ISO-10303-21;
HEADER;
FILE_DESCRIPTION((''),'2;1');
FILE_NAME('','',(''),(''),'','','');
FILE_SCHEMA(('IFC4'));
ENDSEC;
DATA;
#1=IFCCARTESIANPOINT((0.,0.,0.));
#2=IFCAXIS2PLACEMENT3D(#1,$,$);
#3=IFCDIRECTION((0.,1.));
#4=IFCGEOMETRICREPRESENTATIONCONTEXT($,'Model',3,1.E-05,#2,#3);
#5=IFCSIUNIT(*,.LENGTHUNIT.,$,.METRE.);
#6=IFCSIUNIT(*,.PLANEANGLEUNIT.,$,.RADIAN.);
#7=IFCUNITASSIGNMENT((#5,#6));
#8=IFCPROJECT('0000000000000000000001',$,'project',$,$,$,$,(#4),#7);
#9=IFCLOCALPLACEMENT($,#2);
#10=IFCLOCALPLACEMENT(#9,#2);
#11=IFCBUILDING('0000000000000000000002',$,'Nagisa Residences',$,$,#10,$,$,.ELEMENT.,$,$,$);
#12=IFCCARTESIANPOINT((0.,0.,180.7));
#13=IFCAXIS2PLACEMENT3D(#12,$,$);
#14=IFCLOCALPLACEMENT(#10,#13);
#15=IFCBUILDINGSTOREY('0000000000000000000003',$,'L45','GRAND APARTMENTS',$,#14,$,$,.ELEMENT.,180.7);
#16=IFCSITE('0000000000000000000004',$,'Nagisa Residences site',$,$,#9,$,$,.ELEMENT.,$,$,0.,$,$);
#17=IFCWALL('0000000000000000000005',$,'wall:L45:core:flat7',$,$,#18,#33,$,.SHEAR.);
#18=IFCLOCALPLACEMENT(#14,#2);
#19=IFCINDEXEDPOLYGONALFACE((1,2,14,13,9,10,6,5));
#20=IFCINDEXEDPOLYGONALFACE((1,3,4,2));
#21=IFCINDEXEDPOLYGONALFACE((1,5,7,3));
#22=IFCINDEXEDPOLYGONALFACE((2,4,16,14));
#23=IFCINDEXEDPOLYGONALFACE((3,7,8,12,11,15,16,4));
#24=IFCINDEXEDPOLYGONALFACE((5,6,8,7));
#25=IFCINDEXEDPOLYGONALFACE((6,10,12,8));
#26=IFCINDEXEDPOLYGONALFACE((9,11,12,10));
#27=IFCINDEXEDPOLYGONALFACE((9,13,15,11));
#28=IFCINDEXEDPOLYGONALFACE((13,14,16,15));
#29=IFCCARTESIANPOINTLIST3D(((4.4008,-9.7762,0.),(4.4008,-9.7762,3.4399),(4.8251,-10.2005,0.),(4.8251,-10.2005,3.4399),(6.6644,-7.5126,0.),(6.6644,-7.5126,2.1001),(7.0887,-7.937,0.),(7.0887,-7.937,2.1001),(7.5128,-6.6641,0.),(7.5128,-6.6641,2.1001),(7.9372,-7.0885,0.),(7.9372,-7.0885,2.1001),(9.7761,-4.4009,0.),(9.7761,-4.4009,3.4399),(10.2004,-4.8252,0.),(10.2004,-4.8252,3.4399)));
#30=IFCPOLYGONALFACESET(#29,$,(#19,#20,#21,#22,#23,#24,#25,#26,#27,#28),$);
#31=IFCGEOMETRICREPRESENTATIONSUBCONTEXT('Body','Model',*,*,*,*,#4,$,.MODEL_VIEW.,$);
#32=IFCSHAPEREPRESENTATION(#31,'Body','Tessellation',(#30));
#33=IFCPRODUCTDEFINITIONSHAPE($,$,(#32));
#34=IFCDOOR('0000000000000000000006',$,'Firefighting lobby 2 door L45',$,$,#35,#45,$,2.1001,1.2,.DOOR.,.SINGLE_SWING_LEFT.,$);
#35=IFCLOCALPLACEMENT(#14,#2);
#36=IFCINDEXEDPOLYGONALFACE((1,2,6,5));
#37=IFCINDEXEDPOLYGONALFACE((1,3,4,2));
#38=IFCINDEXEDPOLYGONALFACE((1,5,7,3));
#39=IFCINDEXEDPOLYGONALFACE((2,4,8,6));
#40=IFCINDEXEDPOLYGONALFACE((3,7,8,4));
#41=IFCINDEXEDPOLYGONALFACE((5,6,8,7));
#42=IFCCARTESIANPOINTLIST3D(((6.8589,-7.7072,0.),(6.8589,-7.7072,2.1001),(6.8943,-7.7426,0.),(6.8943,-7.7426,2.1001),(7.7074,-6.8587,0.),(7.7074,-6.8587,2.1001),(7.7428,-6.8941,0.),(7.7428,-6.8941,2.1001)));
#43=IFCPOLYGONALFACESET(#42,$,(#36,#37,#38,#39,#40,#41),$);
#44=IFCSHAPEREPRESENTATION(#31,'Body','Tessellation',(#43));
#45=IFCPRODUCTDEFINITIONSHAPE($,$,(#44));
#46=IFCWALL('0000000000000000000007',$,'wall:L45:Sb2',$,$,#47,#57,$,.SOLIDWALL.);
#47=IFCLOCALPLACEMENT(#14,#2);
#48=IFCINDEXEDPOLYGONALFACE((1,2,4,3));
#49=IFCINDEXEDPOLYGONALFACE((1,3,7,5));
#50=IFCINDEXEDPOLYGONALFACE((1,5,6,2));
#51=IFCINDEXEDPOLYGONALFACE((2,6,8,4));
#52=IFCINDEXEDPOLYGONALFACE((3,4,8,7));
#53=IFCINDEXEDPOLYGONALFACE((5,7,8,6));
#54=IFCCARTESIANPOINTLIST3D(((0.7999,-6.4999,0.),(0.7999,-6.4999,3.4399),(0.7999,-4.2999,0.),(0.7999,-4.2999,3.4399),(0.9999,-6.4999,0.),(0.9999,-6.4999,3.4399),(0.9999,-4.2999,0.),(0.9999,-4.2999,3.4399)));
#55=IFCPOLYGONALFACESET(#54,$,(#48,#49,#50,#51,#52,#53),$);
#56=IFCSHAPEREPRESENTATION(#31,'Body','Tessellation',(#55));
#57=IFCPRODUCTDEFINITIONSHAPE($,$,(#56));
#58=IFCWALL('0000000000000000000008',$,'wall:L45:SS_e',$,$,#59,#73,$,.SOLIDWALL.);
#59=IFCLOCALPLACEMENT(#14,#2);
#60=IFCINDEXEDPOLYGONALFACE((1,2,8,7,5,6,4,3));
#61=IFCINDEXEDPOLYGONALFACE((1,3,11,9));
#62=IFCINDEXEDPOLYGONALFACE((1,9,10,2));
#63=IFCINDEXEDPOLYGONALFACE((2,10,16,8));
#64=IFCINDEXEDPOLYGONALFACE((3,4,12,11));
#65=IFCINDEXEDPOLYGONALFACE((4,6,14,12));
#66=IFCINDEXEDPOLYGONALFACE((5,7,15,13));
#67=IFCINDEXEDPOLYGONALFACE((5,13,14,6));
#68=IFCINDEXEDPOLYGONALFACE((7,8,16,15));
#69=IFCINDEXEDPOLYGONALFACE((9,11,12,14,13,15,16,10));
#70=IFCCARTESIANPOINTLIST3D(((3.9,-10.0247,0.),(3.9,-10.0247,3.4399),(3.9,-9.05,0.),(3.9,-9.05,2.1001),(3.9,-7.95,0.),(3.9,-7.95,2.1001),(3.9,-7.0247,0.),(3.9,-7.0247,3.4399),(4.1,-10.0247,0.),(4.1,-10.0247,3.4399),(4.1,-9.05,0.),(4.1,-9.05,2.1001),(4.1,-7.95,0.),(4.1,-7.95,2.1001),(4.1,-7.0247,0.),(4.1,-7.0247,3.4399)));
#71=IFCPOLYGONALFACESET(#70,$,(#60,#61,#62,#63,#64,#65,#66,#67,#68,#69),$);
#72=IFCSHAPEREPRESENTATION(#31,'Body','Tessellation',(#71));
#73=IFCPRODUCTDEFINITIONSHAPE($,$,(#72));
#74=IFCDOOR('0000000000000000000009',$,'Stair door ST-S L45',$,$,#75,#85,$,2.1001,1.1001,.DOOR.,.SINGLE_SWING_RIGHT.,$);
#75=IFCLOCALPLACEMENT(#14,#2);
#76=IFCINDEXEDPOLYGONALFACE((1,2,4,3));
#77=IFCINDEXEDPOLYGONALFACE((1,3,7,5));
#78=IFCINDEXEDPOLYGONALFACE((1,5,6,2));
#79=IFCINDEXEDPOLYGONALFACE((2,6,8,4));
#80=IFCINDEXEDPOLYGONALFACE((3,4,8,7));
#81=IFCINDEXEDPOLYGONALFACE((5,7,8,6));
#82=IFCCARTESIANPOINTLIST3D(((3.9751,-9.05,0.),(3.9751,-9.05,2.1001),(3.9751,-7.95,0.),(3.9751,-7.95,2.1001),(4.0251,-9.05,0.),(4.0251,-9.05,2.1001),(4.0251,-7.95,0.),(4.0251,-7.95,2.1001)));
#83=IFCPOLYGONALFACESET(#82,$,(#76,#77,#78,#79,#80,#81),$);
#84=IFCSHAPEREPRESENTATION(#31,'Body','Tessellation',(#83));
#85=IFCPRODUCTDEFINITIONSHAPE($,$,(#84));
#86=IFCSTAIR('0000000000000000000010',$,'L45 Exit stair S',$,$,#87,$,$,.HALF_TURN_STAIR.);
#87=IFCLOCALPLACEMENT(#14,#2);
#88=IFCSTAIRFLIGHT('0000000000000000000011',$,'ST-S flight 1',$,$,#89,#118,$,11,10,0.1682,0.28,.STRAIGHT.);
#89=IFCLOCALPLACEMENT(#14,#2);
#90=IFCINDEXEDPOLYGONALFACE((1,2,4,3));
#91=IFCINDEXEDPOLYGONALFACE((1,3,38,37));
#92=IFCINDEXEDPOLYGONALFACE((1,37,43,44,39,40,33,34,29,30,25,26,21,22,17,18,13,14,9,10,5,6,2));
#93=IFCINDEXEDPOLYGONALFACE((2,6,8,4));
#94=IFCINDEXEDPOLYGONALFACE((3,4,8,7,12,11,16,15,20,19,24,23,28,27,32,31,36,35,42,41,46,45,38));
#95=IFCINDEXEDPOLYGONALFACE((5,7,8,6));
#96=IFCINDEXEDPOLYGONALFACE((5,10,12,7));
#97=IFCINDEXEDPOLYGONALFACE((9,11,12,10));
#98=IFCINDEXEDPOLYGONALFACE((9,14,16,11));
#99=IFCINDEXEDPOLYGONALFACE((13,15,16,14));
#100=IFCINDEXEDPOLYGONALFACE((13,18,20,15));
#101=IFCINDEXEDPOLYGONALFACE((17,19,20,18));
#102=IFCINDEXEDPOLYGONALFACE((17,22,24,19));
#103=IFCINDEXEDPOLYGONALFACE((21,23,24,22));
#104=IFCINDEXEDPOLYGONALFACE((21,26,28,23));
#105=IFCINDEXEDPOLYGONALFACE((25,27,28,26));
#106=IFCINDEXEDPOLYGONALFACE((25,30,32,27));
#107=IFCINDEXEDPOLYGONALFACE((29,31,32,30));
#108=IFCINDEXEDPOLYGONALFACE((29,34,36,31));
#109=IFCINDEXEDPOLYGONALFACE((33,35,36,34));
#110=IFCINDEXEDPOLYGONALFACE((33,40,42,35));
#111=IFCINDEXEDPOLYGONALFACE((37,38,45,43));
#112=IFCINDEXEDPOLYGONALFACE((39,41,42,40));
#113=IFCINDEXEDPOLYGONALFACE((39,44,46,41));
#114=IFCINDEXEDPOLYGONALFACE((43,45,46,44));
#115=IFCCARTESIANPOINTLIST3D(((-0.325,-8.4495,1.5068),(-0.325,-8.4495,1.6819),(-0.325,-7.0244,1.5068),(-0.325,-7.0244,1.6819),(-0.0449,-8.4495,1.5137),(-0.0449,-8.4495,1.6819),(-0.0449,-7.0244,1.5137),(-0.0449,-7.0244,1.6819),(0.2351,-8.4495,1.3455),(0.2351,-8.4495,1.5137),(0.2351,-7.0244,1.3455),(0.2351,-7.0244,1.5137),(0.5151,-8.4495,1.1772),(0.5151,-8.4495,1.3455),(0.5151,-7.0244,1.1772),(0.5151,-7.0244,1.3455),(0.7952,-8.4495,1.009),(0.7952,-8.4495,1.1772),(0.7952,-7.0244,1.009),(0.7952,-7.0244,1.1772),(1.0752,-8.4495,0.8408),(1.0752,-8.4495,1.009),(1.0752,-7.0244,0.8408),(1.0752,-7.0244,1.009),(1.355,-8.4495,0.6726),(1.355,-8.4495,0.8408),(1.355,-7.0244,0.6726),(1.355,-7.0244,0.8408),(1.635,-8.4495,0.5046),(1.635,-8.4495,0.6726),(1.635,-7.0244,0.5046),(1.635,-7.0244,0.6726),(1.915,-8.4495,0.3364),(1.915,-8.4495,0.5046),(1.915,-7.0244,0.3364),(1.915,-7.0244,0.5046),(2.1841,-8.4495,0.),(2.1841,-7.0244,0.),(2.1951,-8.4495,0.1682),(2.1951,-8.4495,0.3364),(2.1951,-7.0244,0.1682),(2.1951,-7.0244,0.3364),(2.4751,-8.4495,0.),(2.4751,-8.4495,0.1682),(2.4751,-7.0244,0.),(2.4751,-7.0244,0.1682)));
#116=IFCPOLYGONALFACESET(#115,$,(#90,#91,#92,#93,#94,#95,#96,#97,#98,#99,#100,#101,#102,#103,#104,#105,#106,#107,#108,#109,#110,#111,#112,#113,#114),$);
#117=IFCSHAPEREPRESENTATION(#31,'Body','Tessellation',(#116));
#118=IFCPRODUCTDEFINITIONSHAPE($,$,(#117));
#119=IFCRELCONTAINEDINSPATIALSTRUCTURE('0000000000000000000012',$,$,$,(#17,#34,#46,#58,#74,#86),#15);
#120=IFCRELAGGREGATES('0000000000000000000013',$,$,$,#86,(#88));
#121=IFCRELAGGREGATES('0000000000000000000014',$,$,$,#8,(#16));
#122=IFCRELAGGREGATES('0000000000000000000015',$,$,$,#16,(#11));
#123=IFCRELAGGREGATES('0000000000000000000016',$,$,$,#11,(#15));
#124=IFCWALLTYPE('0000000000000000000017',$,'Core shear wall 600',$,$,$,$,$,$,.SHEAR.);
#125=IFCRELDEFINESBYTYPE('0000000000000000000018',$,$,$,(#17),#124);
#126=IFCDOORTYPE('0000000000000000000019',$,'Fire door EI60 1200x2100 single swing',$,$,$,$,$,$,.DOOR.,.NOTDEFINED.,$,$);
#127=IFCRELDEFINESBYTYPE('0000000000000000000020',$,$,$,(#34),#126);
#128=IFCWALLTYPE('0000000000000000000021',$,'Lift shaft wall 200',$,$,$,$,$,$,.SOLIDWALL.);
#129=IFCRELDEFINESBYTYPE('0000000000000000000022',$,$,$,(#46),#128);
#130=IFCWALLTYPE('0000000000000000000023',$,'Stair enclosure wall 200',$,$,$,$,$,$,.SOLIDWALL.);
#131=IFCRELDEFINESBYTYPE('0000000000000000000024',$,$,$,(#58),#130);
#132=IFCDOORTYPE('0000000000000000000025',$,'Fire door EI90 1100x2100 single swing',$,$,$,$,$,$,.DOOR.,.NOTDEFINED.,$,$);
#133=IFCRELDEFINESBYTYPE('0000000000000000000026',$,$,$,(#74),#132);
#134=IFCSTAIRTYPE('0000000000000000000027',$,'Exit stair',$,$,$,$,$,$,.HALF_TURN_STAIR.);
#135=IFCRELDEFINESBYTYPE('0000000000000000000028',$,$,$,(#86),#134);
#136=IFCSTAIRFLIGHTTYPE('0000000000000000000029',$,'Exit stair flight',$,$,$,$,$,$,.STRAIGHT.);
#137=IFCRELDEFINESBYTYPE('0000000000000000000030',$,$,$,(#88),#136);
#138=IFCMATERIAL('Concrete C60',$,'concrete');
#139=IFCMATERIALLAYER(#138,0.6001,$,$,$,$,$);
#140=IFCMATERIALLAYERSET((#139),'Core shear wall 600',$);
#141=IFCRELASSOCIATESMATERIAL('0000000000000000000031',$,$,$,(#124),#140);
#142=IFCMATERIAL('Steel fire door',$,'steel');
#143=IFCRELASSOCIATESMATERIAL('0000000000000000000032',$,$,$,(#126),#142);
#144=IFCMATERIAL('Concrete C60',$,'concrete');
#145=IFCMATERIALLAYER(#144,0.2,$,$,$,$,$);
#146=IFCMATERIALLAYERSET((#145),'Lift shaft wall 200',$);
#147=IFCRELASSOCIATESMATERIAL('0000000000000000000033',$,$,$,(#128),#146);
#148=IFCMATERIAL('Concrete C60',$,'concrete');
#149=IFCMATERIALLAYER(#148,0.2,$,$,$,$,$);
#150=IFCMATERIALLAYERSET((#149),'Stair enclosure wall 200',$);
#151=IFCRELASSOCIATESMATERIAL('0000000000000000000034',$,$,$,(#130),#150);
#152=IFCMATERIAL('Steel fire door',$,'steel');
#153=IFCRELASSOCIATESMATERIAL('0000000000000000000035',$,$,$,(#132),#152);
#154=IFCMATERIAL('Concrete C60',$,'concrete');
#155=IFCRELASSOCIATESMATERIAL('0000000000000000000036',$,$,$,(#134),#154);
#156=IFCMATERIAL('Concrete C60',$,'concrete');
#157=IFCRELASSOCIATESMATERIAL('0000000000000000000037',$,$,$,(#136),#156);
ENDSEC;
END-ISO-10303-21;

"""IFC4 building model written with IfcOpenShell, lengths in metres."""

from ifc_helpers import new_model, si_unit, direction, frame, frame_2d, origin, place, context, subcontext, project, spatial, polyline, rectangle, outline, extrude, material, layer, layer_set, type_object, element, fill, aggregate, save


model = new_model("IFC4")

# Units and contexts
model_context = context("Model", 3, precision=1e-05, world=origin(), true_north=direction((0.0, 1.0)))
body_context = subcontext(model_context, "Body", "Model", "MODEL_VIEW")
ifc_project = project(units=[si_unit("LENGTHUNIT", "METRE"), si_unit("PLANEANGLEUNIT", "RADIAN")], contexts=[model_context])

# Site, building, storey
site_placement = place(None, origin())
site = spatial("IfcSite", under=ifc_project, at=site_placement, Name="Nagisa Residences site", CompositionType="ELEMENT", RefElevation=0.0)
building_placement = place(site_placement, origin())
building = spatial("IfcBuilding", under=site, at=building_placement, Name="Nagisa Residences", CompositionType="ELEMENT")
storey_placement = place(building_placement, frame((0.0, 0.0, 180.7)))
storey = spatial("IfcBuildingStorey", under=building, at=storey_placement, Name="L45", Description="GRAND APARTMENTS", CompositionType="ELEMENT", Elevation=180.7)

# Wall, opening, door
ifc_material_1 = material(Name="Concrete C60", Category="concrete")
ifc_layer_1 = layer(ifc_material_1, 0.6001)
ifc_layer_set_1 = layer_set([ifc_layer_1], Name="Core shear wall 600")
wall_type_1 = type_object("IfcWallType", Name="Core shear wall 600", PredefinedType="SHEAR", material=ifc_layer_set_1)
wall_1_placement = place(storey_placement, frame((4.613, -9.9883, 0.0), z_axis=(0.0, 0.0, 1.0), x_axis=(0.707107, 0.707107, 0.0)))
wall_1 = element("IfcWall", 1, at=wall_1_placement, inside=storey, type_object=wall_type_1, Name="wall:L45:core:flat7", PredefinedType="SHEAR", context=body_context, shape_type="SweptSolid", body=[
    extrude(rectangle(XDim=7.6018, YDim=0.6001, at=frame_2d((3.8008, 0.0))), origin(), (0.0, 0.0, 1.0), 3.4399),
])
opening_1_placement = place(wall_1_placement, frame((3.2009, 0.0, 0.0)))
opening_1 = element("IfcOpeningElement", 2, at=opening_1_placement, cuts=wall_1, PredefinedType="OPENING", context=body_context, shape_type="SweptSolid", body=[
    extrude(rectangle(XDim=1.2, YDim=2.1001, at=frame_2d((0.6001, 1.05))), frame((0.0, 0.3101, 0.0), z_axis=(0.0, -1.0, 0.0), x_axis=(1.0, 0.0, 0.0)), (0.0, 0.0, 1.0), 0.6201),
])
ifc_material_2 = material(Name="Steel fire door", Category="steel")
door_type_1 = type_object("IfcDoorType", Name="Fire door EI60 1200x2100 single swing", OperationType="NOTDEFINED", PredefinedType="DOOR", material=ifc_material_2)
door_1_placement = place(opening_1_placement, origin())
door_1 = element("IfcDoor", 3, at=door_1_placement, inside=storey, type_object=door_type_1, Name="Firefighting lobby 2 door L45", OperationType="SINGLE_SWING_LEFT", OverallHeight=2.1001, OverallWidth=1.2, PredefinedType="DOOR", context=body_context, shape_type="SweptSolid", body=[
    extrude(rectangle(XDim=1.2, YDim=2.1001, at=frame_2d((0.6001, 1.05))), frame((0.0, 0.0249, 0.0), z_axis=(0.0, -1.0, 0.0), x_axis=(1.0, 0.0, 0.0)), (0.0, 0.0, 1.0), 0.05),
])
fill(opening_1, door_1)

# Wall
ifc_material_3 = material(Name="Concrete C60", Category="concrete")
ifc_layer_2 = layer(ifc_material_3, 0.2)
ifc_layer_set_2 = layer_set([ifc_layer_2], Name="Lift shaft wall 200")
wall_type_2 = type_object("IfcWallType", Name="Lift shaft wall 200", PredefinedType="SOLIDWALL", material=ifc_layer_set_2)
wall_2_placement = place(storey_placement, frame((0.8999, -6.5, 0.0), z_axis=(0.0, 0.0, 1.0), x_axis=(0.0, 1.0, 0.0)))
element("IfcWall", 4, at=wall_2_placement, inside=storey, type_object=wall_type_2, Name="wall:L45:Sb2", PredefinedType="SOLIDWALL", context=body_context, shape_type="SweptSolid", body=[
    extrude(rectangle(XDim=2.2, YDim=0.2, at=frame_2d((1.1001, 0.0))), origin(), (0.0, 0.0, 1.0), 3.4399),
])

# Wall, opening, door
ifc_material_4 = material(Name="Concrete C60", Category="concrete")
ifc_layer_3 = layer(ifc_material_4, 0.2)
ifc_layer_set_3 = layer_set([ifc_layer_3], Name="Stair enclosure wall 200")
wall_type_3 = type_object("IfcWallType", Name="Stair enclosure wall 200", PredefinedType="SOLIDWALL", material=ifc_layer_set_3)
wall_3_placement = place(storey_placement, frame((4.0, -10.0247, 0.0), z_axis=(0.0, 0.0, 1.0), x_axis=(0.0, 1.0, 0.0)))
wall_3 = element("IfcWall", 5, at=wall_3_placement, inside=storey, type_object=wall_type_3, Name="wall:L45:SS_e", PredefinedType="SOLIDWALL", context=body_context, shape_type="SweptSolid", body=[
    extrude(rectangle(XDim=3.0, YDim=0.2, at=frame_2d((1.5, 0.0))), origin(), (0.0, 0.0, 1.0), 3.4399),
])
opening_2_placement = place(wall_3_placement, frame((0.9746, 0.0, 0.0)))
opening_2 = element("IfcOpeningElement", 6, at=opening_2_placement, cuts=wall_3, PredefinedType="OPENING", context=body_context, shape_type="SweptSolid", body=[
    extrude(rectangle(XDim=1.1001, YDim=2.1001, at=frame_2d((0.55, 1.05))), frame((0.0, 0.1099, 0.0), z_axis=(0.0, -1.0, 0.0), x_axis=(1.0, 0.0, 0.0)), (0.0, 0.0, 1.0), 0.22),
])
ifc_material_5 = material(Name="Steel fire door", Category="steel")
door_type_2 = type_object("IfcDoorType", Name="Fire door EI90 1100x2100 single swing", OperationType="NOTDEFINED", PredefinedType="DOOR", material=ifc_material_5)
door_2_placement = place(opening_2_placement, origin())
door_2 = element("IfcDoor", 7, at=door_2_placement, inside=storey, type_object=door_type_2, Name="Stair door ST-S L45", OperationType="SINGLE_SWING_RIGHT", OverallHeight=2.1001, OverallWidth=1.1001, PredefinedType="DOOR", context=body_context, shape_type="SweptSolid", body=[
    extrude(rectangle(XDim=1.1001, YDim=2.1001, at=frame_2d((0.55, 1.05))), frame((0.0, 0.0249, 0.0), z_axis=(0.0, -1.0, 0.0), x_axis=(1.0, 0.0, 0.0)), (0.0, 0.0, 1.0), 0.05),
])
fill(opening_2, door_2)

# Stair, stair flight
ifc_material_6 = material(Name="Concrete C60", Category="concrete")
stair_type = type_object("IfcStairType", Name="Exit stair", PredefinedType="HALF_TURN_STAIR", material=ifc_material_6)
stair_placement = place(storey_placement, origin())
stair = element("IfcStair", 8, at=stair_placement, inside=storey, type_object=stair_type, Name="L45 Exit stair S", PredefinedType="HALF_TURN_STAIR")
ifc_material_7 = material(Name="Concrete C60", Category="concrete")
stair_flight_type = type_object("IfcStairFlightType", Name="Exit stair flight", PredefinedType="STRAIGHT", material=ifc_material_7)
stair_flight_placement = place(storey_placement, frame((2.4751, -7.7371, 0.0), z_axis=(0.0, 0.0, 1.0), x_axis=(-1.0, 0.0, 0.0)))
stair_flight = element("IfcStairFlight", 9, at=stair_flight_placement, type_object=stair_flight_type, Name="ST-S flight 1", NumberOfRisers=11, NumberOfTreads=10, PredefinedType="STRAIGHT", RiserHeight=0.1682, TreadLength=0.28, context=body_context, shape_type="SweptSolid", body=[
    extrude(outline(polyline([(0.0, 0.0), (0.0, 0.1682), (0.28, 0.1682), (0.28, 0.3364), (0.5601, 0.3364), (0.5601, 0.5046), (0.8401, 0.5046), (0.8401, 0.6726), (1.1201, 0.6726), (1.1201, 0.8408), (1.3999, 0.8408), (1.3999, 1.009), (1.6799, 1.009), (1.6799, 1.1772), (1.96, 1.1772), (1.96, 1.3455), (2.24, 1.3455), (2.24, 1.5137), (2.52, 1.5137), (2.52, 1.6819), (2.8, 1.6819), (2.8, 1.8501), (2.8, 1.5068), (0.291, 0.0), (0.0, 0.0)])), frame((0.0, 0.7124, 0.0), z_axis=(0.0, -1.0, 0.0), x_axis=(1.0, 0.0, 0.0)), (0.0, 0.0, 1.0), 1.425),
])
aggregate(stair, [stair_flight])

save(model, "model.ifc")
